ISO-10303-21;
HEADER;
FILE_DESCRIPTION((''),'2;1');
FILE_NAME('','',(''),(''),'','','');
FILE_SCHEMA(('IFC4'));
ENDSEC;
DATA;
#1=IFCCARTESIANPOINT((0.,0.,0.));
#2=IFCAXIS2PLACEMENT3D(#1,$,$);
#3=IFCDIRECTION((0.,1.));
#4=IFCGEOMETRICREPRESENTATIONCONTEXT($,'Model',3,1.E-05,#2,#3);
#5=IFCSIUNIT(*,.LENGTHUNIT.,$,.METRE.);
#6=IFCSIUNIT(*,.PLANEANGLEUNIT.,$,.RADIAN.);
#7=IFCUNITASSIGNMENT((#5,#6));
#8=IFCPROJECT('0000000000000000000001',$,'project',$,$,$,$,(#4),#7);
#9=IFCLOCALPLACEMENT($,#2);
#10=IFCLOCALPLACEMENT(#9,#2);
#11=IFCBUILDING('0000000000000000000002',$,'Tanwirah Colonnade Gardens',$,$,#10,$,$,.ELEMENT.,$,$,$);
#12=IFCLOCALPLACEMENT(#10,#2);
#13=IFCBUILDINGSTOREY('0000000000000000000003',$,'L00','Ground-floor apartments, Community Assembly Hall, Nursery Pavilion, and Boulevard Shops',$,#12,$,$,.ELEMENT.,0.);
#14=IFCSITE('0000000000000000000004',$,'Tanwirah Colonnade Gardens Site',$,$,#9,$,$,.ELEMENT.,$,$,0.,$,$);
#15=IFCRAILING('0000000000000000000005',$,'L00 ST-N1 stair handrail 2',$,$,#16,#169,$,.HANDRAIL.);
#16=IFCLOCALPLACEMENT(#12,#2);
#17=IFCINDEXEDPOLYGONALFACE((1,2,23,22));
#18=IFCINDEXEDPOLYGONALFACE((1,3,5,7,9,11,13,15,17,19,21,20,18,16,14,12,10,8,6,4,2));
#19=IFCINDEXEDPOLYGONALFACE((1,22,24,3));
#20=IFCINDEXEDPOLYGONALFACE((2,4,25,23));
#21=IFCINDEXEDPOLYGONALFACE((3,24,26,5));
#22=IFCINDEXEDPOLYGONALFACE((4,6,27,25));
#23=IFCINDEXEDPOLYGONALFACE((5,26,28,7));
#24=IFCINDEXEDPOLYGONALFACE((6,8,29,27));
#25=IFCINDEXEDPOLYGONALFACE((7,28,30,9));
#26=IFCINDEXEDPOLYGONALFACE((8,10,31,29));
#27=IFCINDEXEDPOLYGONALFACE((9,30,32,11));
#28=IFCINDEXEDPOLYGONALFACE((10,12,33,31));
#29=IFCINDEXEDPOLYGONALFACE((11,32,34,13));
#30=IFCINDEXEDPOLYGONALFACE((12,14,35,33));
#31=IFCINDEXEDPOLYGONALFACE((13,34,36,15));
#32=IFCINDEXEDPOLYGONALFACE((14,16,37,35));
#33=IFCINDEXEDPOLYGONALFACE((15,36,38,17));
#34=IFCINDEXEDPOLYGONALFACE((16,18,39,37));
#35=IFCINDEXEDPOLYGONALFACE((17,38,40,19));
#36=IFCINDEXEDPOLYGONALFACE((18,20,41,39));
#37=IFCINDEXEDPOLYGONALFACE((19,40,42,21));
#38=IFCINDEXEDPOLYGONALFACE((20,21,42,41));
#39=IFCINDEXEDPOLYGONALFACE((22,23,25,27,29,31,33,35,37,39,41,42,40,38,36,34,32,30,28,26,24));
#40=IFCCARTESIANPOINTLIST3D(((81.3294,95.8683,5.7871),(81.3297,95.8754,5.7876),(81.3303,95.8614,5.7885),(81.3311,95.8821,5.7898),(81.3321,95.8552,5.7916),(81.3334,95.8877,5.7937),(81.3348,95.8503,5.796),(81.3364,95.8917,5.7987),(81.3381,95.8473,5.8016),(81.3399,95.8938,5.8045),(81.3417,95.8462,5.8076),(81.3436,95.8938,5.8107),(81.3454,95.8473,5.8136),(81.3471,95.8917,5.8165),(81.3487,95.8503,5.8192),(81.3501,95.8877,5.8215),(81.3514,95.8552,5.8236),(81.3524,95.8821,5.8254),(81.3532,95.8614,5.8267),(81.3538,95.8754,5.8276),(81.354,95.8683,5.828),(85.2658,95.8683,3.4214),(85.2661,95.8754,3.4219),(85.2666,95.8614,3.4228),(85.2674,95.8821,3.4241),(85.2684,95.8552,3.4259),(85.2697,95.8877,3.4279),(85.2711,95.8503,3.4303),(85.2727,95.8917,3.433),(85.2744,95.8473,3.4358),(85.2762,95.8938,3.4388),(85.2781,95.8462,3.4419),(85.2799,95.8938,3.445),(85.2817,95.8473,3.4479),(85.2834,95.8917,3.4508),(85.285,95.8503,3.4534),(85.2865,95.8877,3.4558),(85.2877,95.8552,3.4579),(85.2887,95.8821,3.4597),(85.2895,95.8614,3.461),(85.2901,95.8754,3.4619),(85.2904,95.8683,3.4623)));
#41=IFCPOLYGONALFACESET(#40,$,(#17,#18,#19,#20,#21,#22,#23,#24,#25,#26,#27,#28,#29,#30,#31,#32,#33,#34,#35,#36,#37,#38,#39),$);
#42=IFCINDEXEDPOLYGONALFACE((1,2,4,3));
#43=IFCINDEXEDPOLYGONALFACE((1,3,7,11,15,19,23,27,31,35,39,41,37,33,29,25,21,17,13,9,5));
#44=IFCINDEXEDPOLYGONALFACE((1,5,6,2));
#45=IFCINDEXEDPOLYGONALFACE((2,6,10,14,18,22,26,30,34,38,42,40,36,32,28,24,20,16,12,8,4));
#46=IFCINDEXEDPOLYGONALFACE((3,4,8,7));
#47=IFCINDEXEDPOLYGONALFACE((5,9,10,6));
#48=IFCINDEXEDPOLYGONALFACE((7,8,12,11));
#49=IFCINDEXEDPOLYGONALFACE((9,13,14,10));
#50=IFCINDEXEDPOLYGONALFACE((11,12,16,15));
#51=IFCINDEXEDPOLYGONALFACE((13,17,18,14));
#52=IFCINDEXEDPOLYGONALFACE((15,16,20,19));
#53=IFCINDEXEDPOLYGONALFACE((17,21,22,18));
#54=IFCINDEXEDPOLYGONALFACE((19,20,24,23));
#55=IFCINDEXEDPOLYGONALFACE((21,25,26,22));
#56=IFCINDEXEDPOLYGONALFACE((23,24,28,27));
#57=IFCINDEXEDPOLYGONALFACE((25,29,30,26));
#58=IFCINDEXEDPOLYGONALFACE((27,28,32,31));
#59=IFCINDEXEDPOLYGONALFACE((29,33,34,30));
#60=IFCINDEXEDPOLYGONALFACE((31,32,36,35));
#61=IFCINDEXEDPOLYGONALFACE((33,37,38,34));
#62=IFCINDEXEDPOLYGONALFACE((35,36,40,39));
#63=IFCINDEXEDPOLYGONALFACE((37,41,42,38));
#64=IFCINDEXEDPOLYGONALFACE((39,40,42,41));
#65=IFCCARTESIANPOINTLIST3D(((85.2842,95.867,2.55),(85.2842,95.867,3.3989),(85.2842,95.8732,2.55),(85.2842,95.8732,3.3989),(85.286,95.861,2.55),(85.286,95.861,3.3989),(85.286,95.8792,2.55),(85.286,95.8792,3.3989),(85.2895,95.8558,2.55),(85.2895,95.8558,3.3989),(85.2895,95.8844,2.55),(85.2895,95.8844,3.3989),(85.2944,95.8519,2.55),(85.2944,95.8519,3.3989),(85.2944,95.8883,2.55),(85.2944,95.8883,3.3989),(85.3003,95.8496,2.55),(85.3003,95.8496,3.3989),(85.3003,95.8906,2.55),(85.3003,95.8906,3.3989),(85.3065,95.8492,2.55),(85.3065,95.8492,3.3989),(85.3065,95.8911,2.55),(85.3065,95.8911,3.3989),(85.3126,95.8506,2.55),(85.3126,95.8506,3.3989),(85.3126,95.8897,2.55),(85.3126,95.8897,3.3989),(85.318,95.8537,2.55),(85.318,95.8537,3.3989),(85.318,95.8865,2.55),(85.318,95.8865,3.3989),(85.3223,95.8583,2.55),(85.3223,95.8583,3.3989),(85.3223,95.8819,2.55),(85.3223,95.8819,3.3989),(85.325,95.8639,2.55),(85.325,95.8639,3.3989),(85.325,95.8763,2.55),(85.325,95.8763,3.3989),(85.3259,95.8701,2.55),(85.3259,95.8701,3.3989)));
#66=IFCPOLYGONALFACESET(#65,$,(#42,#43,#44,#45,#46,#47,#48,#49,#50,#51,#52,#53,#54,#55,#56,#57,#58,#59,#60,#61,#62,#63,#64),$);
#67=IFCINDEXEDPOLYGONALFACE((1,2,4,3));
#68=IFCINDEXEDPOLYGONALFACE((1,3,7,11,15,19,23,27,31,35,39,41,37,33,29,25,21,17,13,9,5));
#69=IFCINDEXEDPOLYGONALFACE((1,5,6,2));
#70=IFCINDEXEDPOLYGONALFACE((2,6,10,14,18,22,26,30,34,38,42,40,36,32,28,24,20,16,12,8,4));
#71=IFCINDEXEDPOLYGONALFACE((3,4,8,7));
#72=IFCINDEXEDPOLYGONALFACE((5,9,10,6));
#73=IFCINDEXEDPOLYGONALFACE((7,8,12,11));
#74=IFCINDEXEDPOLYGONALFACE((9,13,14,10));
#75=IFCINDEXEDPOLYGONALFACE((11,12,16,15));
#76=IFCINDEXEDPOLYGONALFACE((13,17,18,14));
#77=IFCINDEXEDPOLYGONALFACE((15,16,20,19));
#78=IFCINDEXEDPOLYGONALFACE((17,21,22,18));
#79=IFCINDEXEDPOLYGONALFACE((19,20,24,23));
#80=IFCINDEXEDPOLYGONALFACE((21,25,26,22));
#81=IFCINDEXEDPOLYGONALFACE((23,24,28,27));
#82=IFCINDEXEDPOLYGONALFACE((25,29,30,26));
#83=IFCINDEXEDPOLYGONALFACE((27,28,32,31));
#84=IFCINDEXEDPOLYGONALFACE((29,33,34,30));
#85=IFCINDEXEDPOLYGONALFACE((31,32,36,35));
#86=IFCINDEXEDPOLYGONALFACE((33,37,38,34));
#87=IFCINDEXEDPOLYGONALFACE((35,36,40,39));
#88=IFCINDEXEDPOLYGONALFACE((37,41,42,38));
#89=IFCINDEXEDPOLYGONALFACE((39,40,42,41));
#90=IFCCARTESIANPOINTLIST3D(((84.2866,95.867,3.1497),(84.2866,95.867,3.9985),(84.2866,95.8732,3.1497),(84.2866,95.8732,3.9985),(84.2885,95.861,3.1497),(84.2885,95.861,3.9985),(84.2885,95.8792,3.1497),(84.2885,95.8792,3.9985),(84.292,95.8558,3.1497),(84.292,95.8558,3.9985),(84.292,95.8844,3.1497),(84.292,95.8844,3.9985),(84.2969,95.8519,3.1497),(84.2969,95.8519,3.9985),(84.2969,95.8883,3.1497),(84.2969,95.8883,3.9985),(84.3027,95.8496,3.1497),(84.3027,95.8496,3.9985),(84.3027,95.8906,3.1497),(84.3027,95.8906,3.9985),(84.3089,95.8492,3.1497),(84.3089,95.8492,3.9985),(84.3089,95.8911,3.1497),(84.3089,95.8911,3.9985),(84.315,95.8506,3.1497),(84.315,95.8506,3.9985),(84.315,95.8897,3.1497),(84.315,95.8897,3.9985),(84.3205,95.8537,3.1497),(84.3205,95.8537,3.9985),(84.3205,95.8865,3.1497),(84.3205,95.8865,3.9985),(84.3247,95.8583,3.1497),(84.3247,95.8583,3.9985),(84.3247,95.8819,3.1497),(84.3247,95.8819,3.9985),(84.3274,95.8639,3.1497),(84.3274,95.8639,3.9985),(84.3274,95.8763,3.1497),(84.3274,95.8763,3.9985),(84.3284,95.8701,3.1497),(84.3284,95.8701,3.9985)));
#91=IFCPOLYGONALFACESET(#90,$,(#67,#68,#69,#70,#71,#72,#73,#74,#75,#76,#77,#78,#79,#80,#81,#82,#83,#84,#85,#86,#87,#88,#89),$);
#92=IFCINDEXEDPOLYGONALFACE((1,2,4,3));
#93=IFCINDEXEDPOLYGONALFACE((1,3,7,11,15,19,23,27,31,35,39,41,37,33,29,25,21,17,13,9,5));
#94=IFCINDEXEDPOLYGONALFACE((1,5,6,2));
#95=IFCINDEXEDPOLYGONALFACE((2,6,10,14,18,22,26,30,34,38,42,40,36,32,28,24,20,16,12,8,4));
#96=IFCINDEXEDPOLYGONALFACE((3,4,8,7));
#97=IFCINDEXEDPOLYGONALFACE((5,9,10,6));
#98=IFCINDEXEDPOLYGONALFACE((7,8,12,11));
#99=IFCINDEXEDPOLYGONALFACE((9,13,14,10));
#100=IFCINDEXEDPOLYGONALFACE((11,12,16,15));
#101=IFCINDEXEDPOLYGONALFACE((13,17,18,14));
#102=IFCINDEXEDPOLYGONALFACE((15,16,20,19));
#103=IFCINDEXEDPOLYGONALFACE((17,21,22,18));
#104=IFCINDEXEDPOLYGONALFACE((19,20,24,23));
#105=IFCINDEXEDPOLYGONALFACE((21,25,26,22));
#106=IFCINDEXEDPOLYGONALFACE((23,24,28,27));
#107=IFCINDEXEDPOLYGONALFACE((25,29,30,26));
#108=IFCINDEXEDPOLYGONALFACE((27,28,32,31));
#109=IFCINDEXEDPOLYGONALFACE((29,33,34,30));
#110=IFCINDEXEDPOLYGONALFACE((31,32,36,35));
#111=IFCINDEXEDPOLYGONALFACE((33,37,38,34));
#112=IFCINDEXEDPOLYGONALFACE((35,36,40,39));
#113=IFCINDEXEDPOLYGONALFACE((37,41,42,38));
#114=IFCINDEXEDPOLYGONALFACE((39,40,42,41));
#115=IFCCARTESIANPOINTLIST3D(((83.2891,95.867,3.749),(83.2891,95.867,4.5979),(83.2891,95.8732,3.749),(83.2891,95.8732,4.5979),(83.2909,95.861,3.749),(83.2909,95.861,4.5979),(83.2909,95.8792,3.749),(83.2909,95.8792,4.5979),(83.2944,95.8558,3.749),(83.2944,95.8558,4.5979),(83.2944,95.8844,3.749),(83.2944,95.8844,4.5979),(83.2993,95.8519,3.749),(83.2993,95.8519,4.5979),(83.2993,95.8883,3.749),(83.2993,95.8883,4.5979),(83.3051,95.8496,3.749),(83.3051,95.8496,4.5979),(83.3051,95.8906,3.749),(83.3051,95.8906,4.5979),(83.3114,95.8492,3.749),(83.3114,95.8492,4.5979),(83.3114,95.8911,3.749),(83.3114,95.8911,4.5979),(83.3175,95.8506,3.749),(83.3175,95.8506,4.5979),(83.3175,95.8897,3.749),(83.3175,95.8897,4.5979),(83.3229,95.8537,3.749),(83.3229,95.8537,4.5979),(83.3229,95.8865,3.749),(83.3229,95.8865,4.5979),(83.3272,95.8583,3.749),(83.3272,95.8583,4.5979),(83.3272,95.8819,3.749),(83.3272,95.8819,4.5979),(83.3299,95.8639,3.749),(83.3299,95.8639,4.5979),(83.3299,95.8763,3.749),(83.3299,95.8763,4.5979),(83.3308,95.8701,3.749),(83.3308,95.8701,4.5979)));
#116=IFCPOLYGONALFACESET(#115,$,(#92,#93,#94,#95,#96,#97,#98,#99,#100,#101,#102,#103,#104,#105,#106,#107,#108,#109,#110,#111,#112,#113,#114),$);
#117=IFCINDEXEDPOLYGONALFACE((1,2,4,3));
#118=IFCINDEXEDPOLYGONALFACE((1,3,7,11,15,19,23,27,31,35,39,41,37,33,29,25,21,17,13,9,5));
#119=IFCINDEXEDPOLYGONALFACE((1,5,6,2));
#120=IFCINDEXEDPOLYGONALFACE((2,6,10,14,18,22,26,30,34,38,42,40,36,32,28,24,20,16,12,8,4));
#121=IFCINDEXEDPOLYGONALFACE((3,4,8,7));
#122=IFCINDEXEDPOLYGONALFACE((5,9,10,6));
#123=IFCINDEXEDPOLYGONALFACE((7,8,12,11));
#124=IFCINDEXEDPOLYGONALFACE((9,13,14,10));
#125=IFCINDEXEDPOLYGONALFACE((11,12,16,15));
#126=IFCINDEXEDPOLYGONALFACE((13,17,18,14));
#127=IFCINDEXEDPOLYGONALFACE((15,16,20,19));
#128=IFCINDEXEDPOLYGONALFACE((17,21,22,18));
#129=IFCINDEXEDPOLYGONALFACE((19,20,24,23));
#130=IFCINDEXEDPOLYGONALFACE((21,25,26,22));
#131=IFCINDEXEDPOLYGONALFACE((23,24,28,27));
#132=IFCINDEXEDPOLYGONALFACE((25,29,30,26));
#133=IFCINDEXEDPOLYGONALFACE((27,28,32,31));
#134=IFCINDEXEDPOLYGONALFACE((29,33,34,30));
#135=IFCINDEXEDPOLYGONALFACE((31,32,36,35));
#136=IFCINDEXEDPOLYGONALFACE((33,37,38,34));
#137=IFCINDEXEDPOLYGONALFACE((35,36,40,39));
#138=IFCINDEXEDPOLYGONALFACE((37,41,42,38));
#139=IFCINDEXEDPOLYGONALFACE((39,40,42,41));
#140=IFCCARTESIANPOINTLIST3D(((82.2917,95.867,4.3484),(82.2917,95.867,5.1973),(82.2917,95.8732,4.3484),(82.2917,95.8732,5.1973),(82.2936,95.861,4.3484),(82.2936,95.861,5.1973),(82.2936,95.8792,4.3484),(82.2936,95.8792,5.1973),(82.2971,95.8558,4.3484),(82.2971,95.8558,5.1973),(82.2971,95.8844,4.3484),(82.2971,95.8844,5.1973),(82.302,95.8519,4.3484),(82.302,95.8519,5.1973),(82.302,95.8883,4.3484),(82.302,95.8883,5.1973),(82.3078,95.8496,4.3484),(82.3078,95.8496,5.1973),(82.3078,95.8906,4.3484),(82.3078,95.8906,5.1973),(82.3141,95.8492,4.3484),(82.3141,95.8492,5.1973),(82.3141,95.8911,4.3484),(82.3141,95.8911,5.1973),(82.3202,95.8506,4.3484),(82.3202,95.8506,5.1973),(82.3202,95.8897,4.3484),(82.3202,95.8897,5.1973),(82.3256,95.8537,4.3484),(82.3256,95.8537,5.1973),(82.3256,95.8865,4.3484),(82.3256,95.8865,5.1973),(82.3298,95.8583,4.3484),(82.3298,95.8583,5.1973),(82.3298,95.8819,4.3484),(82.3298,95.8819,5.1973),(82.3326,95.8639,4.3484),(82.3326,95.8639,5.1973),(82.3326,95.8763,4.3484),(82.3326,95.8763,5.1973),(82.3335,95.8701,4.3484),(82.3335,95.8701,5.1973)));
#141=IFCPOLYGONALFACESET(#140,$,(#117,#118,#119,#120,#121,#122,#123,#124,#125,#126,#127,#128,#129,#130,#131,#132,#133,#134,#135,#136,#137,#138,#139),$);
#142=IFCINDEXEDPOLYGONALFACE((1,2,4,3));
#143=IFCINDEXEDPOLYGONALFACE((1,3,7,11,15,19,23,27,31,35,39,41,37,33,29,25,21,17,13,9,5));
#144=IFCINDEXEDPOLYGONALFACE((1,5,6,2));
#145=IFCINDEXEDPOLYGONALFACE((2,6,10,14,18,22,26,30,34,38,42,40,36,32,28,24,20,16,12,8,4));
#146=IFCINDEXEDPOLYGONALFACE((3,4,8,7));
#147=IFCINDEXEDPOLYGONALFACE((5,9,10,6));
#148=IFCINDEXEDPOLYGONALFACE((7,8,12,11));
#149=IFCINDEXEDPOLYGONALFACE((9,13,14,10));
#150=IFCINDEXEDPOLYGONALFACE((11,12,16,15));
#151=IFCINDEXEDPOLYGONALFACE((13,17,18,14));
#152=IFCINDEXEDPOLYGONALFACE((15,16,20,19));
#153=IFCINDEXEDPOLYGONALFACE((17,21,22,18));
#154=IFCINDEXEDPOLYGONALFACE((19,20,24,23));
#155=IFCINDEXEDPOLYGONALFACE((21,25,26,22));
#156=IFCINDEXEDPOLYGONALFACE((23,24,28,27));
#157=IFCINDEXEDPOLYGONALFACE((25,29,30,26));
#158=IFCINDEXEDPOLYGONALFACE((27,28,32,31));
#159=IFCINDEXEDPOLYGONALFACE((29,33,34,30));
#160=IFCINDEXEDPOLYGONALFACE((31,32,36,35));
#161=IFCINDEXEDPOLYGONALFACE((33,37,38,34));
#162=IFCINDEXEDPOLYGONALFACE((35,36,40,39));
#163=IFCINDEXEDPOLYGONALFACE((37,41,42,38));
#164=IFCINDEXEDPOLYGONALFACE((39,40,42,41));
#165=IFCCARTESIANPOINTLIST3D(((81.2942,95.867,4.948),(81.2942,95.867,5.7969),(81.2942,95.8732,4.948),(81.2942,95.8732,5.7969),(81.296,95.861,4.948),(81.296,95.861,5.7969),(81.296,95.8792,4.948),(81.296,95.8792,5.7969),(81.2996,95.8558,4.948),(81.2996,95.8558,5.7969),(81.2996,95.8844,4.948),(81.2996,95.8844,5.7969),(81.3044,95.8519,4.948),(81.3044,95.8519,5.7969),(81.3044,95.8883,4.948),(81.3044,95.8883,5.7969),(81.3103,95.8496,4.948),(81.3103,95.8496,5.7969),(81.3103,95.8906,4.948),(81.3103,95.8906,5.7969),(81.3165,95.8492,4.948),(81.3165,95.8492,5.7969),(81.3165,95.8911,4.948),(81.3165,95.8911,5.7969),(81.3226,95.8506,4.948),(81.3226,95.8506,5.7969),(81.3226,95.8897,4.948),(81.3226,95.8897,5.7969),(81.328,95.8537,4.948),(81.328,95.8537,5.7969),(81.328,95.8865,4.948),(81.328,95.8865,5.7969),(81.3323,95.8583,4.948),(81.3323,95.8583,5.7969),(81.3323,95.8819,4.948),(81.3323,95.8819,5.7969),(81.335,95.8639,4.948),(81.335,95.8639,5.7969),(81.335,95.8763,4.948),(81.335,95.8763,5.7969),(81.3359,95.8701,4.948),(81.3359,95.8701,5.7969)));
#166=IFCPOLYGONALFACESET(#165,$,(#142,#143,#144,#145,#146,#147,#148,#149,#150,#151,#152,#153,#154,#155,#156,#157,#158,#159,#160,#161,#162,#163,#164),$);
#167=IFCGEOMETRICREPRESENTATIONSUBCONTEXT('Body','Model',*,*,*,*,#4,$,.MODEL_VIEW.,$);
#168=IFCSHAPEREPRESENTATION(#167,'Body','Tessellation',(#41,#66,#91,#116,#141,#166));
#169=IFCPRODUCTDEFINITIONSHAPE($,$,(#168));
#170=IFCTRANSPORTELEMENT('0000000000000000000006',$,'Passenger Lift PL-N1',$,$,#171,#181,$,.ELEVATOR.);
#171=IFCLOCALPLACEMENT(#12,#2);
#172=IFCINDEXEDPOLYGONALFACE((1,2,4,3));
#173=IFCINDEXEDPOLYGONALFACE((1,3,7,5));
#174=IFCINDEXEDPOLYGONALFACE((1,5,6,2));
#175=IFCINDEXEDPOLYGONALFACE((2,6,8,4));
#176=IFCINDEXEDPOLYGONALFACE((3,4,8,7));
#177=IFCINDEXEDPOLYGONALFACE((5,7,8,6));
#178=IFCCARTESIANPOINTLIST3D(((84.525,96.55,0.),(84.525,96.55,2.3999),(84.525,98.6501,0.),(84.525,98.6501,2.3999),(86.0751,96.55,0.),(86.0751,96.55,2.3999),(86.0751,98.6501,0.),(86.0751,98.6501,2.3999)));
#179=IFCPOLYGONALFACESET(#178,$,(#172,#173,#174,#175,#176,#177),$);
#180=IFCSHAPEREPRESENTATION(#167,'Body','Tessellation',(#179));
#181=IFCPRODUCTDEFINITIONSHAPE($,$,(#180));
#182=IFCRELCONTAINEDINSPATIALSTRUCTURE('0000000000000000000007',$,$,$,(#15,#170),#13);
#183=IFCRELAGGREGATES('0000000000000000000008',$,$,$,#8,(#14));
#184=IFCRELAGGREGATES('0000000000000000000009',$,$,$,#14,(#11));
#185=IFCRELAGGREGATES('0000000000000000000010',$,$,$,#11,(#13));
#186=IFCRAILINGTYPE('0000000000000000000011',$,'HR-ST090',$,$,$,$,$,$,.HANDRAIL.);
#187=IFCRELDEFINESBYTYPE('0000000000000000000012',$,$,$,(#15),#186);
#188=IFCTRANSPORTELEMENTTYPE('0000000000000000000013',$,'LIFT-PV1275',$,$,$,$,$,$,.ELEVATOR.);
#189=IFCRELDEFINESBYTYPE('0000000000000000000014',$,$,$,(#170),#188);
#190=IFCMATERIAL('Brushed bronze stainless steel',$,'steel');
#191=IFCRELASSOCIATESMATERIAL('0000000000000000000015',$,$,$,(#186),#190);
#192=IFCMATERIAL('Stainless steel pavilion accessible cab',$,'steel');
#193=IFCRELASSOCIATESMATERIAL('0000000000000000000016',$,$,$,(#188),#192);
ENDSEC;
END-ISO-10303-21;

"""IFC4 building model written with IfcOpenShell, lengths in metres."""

from ifc_helpers import new_model, si_unit, direction, frame, origin, origin_2d, place, context, subcontext, project, spatial, rectangle, circle, extrude, material, type_object, element, save


model = new_model("IFC4")

# Units and contexts
model_context = context("Model", 3, precision=1e-05, world=origin(), true_north=direction((0.0, 1.0)))
body_context = subcontext(model_context, "Body", "Model", "MODEL_VIEW")
ifc_project = project(units=[si_unit("LENGTHUNIT", "METRE"), si_unit("PLANEANGLEUNIT", "RADIAN")], contexts=[model_context])

# Site, building, storey
site_placement = place(None, origin())
site = spatial("IfcSite", under=ifc_project, at=site_placement, Name="Tanwirah Colonnade Gardens Site", CompositionType="ELEMENT", RefElevation=0.0)
building_placement = place(site_placement, origin())
building = spatial("IfcBuilding", under=site, at=building_placement, Name="Tanwirah Colonnade Gardens", CompositionType="ELEMENT")
storey_placement = place(building_placement, origin())
storey = spatial("IfcBuildingStorey", under=building, at=storey_placement, Name="L00", Description="Ground-floor apartments, Community Assembly Hall, Nursery Pavilion, and Boulevard Shops", CompositionType="ELEMENT", Elevation=0.0)

# Railing
ifc_material_1 = material(Name="Brushed bronze stainless steel", Category="steel")
railing_type_1 = type_object("IfcRailingType", Name="HR-ST090", PredefinedType="HANDRAIL", material=ifc_material_1)
railing_1_placement = place(storey_placement, frame((85.3049, 95.8701, 2.55)))
element("IfcRailing", 1, at=railing_1_placement, inside=storey, type_object=railing_type_1, Name="L00 ST-N1 stair handrail 2", PredefinedType="HANDRAIL", context=body_context, shape_type="SweptSolid", body=[
    extrude(circle(Radius=0.0239, at=origin_2d()), frame((-0.0269, 0.0, 0.8918), z_axis=(-0.857118, 0.0, 0.51512), x_axis=(0.0, -1.0, 0.0)), (0.0, 0.0, 1.0), 4.5925),
    extrude(circle(Radius=0.021, at=origin_2d()), origin(), (0.0, 0.0, 1.0), 0.8489),
    extrude(circle(Radius=0.021, at=origin_2d()), frame((-0.9976, 0.0, 0.5996)), (0.0, 0.0, 1.0), 0.8489),
    extrude(circle(Radius=0.021, at=origin_2d()), frame((-1.9951, 0.0, 1.199)), (0.0, 0.0, 1.0), 0.8489),
    extrude(circle(Radius=0.021, at=origin_2d()), frame((-2.9924, 0.0, 1.7983)), (0.0, 0.0, 1.0), 0.8489),
    extrude(circle(Radius=0.021, at=origin_2d()), frame((-3.99, 0.0, 2.3979)), (0.0, 0.0, 1.0), 0.8489),
])

# Transport element
ifc_material_2 = material(Name="Stainless steel pavilion accessible cab", Category="steel")
transport_element_type = type_object("IfcTransportElementType", Name="LIFT-PV1275", PredefinedType="ELEVATOR", material=ifc_material_2)
transport_element_placement = place(storey_placement, frame((85.3, 97.6001, 0.0), z_axis=(0.0, 0.0, 1.0), x_axis=(1.0, 0.0, 0.0)))
element("IfcTransportElement", 2, at=transport_element_placement, inside=storey, type_object=transport_element_type, Name="Passenger Lift PL-N1", PredefinedType="ELEVATOR", context=body_context, shape_type="SweptSolid", body=[
    extrude(rectangle(XDim=1.55, YDim=2.1001, at=origin_2d()), origin(), (0.0, 0.0, 1.0), 2.3999),
])

save(model, "model.ifc")
